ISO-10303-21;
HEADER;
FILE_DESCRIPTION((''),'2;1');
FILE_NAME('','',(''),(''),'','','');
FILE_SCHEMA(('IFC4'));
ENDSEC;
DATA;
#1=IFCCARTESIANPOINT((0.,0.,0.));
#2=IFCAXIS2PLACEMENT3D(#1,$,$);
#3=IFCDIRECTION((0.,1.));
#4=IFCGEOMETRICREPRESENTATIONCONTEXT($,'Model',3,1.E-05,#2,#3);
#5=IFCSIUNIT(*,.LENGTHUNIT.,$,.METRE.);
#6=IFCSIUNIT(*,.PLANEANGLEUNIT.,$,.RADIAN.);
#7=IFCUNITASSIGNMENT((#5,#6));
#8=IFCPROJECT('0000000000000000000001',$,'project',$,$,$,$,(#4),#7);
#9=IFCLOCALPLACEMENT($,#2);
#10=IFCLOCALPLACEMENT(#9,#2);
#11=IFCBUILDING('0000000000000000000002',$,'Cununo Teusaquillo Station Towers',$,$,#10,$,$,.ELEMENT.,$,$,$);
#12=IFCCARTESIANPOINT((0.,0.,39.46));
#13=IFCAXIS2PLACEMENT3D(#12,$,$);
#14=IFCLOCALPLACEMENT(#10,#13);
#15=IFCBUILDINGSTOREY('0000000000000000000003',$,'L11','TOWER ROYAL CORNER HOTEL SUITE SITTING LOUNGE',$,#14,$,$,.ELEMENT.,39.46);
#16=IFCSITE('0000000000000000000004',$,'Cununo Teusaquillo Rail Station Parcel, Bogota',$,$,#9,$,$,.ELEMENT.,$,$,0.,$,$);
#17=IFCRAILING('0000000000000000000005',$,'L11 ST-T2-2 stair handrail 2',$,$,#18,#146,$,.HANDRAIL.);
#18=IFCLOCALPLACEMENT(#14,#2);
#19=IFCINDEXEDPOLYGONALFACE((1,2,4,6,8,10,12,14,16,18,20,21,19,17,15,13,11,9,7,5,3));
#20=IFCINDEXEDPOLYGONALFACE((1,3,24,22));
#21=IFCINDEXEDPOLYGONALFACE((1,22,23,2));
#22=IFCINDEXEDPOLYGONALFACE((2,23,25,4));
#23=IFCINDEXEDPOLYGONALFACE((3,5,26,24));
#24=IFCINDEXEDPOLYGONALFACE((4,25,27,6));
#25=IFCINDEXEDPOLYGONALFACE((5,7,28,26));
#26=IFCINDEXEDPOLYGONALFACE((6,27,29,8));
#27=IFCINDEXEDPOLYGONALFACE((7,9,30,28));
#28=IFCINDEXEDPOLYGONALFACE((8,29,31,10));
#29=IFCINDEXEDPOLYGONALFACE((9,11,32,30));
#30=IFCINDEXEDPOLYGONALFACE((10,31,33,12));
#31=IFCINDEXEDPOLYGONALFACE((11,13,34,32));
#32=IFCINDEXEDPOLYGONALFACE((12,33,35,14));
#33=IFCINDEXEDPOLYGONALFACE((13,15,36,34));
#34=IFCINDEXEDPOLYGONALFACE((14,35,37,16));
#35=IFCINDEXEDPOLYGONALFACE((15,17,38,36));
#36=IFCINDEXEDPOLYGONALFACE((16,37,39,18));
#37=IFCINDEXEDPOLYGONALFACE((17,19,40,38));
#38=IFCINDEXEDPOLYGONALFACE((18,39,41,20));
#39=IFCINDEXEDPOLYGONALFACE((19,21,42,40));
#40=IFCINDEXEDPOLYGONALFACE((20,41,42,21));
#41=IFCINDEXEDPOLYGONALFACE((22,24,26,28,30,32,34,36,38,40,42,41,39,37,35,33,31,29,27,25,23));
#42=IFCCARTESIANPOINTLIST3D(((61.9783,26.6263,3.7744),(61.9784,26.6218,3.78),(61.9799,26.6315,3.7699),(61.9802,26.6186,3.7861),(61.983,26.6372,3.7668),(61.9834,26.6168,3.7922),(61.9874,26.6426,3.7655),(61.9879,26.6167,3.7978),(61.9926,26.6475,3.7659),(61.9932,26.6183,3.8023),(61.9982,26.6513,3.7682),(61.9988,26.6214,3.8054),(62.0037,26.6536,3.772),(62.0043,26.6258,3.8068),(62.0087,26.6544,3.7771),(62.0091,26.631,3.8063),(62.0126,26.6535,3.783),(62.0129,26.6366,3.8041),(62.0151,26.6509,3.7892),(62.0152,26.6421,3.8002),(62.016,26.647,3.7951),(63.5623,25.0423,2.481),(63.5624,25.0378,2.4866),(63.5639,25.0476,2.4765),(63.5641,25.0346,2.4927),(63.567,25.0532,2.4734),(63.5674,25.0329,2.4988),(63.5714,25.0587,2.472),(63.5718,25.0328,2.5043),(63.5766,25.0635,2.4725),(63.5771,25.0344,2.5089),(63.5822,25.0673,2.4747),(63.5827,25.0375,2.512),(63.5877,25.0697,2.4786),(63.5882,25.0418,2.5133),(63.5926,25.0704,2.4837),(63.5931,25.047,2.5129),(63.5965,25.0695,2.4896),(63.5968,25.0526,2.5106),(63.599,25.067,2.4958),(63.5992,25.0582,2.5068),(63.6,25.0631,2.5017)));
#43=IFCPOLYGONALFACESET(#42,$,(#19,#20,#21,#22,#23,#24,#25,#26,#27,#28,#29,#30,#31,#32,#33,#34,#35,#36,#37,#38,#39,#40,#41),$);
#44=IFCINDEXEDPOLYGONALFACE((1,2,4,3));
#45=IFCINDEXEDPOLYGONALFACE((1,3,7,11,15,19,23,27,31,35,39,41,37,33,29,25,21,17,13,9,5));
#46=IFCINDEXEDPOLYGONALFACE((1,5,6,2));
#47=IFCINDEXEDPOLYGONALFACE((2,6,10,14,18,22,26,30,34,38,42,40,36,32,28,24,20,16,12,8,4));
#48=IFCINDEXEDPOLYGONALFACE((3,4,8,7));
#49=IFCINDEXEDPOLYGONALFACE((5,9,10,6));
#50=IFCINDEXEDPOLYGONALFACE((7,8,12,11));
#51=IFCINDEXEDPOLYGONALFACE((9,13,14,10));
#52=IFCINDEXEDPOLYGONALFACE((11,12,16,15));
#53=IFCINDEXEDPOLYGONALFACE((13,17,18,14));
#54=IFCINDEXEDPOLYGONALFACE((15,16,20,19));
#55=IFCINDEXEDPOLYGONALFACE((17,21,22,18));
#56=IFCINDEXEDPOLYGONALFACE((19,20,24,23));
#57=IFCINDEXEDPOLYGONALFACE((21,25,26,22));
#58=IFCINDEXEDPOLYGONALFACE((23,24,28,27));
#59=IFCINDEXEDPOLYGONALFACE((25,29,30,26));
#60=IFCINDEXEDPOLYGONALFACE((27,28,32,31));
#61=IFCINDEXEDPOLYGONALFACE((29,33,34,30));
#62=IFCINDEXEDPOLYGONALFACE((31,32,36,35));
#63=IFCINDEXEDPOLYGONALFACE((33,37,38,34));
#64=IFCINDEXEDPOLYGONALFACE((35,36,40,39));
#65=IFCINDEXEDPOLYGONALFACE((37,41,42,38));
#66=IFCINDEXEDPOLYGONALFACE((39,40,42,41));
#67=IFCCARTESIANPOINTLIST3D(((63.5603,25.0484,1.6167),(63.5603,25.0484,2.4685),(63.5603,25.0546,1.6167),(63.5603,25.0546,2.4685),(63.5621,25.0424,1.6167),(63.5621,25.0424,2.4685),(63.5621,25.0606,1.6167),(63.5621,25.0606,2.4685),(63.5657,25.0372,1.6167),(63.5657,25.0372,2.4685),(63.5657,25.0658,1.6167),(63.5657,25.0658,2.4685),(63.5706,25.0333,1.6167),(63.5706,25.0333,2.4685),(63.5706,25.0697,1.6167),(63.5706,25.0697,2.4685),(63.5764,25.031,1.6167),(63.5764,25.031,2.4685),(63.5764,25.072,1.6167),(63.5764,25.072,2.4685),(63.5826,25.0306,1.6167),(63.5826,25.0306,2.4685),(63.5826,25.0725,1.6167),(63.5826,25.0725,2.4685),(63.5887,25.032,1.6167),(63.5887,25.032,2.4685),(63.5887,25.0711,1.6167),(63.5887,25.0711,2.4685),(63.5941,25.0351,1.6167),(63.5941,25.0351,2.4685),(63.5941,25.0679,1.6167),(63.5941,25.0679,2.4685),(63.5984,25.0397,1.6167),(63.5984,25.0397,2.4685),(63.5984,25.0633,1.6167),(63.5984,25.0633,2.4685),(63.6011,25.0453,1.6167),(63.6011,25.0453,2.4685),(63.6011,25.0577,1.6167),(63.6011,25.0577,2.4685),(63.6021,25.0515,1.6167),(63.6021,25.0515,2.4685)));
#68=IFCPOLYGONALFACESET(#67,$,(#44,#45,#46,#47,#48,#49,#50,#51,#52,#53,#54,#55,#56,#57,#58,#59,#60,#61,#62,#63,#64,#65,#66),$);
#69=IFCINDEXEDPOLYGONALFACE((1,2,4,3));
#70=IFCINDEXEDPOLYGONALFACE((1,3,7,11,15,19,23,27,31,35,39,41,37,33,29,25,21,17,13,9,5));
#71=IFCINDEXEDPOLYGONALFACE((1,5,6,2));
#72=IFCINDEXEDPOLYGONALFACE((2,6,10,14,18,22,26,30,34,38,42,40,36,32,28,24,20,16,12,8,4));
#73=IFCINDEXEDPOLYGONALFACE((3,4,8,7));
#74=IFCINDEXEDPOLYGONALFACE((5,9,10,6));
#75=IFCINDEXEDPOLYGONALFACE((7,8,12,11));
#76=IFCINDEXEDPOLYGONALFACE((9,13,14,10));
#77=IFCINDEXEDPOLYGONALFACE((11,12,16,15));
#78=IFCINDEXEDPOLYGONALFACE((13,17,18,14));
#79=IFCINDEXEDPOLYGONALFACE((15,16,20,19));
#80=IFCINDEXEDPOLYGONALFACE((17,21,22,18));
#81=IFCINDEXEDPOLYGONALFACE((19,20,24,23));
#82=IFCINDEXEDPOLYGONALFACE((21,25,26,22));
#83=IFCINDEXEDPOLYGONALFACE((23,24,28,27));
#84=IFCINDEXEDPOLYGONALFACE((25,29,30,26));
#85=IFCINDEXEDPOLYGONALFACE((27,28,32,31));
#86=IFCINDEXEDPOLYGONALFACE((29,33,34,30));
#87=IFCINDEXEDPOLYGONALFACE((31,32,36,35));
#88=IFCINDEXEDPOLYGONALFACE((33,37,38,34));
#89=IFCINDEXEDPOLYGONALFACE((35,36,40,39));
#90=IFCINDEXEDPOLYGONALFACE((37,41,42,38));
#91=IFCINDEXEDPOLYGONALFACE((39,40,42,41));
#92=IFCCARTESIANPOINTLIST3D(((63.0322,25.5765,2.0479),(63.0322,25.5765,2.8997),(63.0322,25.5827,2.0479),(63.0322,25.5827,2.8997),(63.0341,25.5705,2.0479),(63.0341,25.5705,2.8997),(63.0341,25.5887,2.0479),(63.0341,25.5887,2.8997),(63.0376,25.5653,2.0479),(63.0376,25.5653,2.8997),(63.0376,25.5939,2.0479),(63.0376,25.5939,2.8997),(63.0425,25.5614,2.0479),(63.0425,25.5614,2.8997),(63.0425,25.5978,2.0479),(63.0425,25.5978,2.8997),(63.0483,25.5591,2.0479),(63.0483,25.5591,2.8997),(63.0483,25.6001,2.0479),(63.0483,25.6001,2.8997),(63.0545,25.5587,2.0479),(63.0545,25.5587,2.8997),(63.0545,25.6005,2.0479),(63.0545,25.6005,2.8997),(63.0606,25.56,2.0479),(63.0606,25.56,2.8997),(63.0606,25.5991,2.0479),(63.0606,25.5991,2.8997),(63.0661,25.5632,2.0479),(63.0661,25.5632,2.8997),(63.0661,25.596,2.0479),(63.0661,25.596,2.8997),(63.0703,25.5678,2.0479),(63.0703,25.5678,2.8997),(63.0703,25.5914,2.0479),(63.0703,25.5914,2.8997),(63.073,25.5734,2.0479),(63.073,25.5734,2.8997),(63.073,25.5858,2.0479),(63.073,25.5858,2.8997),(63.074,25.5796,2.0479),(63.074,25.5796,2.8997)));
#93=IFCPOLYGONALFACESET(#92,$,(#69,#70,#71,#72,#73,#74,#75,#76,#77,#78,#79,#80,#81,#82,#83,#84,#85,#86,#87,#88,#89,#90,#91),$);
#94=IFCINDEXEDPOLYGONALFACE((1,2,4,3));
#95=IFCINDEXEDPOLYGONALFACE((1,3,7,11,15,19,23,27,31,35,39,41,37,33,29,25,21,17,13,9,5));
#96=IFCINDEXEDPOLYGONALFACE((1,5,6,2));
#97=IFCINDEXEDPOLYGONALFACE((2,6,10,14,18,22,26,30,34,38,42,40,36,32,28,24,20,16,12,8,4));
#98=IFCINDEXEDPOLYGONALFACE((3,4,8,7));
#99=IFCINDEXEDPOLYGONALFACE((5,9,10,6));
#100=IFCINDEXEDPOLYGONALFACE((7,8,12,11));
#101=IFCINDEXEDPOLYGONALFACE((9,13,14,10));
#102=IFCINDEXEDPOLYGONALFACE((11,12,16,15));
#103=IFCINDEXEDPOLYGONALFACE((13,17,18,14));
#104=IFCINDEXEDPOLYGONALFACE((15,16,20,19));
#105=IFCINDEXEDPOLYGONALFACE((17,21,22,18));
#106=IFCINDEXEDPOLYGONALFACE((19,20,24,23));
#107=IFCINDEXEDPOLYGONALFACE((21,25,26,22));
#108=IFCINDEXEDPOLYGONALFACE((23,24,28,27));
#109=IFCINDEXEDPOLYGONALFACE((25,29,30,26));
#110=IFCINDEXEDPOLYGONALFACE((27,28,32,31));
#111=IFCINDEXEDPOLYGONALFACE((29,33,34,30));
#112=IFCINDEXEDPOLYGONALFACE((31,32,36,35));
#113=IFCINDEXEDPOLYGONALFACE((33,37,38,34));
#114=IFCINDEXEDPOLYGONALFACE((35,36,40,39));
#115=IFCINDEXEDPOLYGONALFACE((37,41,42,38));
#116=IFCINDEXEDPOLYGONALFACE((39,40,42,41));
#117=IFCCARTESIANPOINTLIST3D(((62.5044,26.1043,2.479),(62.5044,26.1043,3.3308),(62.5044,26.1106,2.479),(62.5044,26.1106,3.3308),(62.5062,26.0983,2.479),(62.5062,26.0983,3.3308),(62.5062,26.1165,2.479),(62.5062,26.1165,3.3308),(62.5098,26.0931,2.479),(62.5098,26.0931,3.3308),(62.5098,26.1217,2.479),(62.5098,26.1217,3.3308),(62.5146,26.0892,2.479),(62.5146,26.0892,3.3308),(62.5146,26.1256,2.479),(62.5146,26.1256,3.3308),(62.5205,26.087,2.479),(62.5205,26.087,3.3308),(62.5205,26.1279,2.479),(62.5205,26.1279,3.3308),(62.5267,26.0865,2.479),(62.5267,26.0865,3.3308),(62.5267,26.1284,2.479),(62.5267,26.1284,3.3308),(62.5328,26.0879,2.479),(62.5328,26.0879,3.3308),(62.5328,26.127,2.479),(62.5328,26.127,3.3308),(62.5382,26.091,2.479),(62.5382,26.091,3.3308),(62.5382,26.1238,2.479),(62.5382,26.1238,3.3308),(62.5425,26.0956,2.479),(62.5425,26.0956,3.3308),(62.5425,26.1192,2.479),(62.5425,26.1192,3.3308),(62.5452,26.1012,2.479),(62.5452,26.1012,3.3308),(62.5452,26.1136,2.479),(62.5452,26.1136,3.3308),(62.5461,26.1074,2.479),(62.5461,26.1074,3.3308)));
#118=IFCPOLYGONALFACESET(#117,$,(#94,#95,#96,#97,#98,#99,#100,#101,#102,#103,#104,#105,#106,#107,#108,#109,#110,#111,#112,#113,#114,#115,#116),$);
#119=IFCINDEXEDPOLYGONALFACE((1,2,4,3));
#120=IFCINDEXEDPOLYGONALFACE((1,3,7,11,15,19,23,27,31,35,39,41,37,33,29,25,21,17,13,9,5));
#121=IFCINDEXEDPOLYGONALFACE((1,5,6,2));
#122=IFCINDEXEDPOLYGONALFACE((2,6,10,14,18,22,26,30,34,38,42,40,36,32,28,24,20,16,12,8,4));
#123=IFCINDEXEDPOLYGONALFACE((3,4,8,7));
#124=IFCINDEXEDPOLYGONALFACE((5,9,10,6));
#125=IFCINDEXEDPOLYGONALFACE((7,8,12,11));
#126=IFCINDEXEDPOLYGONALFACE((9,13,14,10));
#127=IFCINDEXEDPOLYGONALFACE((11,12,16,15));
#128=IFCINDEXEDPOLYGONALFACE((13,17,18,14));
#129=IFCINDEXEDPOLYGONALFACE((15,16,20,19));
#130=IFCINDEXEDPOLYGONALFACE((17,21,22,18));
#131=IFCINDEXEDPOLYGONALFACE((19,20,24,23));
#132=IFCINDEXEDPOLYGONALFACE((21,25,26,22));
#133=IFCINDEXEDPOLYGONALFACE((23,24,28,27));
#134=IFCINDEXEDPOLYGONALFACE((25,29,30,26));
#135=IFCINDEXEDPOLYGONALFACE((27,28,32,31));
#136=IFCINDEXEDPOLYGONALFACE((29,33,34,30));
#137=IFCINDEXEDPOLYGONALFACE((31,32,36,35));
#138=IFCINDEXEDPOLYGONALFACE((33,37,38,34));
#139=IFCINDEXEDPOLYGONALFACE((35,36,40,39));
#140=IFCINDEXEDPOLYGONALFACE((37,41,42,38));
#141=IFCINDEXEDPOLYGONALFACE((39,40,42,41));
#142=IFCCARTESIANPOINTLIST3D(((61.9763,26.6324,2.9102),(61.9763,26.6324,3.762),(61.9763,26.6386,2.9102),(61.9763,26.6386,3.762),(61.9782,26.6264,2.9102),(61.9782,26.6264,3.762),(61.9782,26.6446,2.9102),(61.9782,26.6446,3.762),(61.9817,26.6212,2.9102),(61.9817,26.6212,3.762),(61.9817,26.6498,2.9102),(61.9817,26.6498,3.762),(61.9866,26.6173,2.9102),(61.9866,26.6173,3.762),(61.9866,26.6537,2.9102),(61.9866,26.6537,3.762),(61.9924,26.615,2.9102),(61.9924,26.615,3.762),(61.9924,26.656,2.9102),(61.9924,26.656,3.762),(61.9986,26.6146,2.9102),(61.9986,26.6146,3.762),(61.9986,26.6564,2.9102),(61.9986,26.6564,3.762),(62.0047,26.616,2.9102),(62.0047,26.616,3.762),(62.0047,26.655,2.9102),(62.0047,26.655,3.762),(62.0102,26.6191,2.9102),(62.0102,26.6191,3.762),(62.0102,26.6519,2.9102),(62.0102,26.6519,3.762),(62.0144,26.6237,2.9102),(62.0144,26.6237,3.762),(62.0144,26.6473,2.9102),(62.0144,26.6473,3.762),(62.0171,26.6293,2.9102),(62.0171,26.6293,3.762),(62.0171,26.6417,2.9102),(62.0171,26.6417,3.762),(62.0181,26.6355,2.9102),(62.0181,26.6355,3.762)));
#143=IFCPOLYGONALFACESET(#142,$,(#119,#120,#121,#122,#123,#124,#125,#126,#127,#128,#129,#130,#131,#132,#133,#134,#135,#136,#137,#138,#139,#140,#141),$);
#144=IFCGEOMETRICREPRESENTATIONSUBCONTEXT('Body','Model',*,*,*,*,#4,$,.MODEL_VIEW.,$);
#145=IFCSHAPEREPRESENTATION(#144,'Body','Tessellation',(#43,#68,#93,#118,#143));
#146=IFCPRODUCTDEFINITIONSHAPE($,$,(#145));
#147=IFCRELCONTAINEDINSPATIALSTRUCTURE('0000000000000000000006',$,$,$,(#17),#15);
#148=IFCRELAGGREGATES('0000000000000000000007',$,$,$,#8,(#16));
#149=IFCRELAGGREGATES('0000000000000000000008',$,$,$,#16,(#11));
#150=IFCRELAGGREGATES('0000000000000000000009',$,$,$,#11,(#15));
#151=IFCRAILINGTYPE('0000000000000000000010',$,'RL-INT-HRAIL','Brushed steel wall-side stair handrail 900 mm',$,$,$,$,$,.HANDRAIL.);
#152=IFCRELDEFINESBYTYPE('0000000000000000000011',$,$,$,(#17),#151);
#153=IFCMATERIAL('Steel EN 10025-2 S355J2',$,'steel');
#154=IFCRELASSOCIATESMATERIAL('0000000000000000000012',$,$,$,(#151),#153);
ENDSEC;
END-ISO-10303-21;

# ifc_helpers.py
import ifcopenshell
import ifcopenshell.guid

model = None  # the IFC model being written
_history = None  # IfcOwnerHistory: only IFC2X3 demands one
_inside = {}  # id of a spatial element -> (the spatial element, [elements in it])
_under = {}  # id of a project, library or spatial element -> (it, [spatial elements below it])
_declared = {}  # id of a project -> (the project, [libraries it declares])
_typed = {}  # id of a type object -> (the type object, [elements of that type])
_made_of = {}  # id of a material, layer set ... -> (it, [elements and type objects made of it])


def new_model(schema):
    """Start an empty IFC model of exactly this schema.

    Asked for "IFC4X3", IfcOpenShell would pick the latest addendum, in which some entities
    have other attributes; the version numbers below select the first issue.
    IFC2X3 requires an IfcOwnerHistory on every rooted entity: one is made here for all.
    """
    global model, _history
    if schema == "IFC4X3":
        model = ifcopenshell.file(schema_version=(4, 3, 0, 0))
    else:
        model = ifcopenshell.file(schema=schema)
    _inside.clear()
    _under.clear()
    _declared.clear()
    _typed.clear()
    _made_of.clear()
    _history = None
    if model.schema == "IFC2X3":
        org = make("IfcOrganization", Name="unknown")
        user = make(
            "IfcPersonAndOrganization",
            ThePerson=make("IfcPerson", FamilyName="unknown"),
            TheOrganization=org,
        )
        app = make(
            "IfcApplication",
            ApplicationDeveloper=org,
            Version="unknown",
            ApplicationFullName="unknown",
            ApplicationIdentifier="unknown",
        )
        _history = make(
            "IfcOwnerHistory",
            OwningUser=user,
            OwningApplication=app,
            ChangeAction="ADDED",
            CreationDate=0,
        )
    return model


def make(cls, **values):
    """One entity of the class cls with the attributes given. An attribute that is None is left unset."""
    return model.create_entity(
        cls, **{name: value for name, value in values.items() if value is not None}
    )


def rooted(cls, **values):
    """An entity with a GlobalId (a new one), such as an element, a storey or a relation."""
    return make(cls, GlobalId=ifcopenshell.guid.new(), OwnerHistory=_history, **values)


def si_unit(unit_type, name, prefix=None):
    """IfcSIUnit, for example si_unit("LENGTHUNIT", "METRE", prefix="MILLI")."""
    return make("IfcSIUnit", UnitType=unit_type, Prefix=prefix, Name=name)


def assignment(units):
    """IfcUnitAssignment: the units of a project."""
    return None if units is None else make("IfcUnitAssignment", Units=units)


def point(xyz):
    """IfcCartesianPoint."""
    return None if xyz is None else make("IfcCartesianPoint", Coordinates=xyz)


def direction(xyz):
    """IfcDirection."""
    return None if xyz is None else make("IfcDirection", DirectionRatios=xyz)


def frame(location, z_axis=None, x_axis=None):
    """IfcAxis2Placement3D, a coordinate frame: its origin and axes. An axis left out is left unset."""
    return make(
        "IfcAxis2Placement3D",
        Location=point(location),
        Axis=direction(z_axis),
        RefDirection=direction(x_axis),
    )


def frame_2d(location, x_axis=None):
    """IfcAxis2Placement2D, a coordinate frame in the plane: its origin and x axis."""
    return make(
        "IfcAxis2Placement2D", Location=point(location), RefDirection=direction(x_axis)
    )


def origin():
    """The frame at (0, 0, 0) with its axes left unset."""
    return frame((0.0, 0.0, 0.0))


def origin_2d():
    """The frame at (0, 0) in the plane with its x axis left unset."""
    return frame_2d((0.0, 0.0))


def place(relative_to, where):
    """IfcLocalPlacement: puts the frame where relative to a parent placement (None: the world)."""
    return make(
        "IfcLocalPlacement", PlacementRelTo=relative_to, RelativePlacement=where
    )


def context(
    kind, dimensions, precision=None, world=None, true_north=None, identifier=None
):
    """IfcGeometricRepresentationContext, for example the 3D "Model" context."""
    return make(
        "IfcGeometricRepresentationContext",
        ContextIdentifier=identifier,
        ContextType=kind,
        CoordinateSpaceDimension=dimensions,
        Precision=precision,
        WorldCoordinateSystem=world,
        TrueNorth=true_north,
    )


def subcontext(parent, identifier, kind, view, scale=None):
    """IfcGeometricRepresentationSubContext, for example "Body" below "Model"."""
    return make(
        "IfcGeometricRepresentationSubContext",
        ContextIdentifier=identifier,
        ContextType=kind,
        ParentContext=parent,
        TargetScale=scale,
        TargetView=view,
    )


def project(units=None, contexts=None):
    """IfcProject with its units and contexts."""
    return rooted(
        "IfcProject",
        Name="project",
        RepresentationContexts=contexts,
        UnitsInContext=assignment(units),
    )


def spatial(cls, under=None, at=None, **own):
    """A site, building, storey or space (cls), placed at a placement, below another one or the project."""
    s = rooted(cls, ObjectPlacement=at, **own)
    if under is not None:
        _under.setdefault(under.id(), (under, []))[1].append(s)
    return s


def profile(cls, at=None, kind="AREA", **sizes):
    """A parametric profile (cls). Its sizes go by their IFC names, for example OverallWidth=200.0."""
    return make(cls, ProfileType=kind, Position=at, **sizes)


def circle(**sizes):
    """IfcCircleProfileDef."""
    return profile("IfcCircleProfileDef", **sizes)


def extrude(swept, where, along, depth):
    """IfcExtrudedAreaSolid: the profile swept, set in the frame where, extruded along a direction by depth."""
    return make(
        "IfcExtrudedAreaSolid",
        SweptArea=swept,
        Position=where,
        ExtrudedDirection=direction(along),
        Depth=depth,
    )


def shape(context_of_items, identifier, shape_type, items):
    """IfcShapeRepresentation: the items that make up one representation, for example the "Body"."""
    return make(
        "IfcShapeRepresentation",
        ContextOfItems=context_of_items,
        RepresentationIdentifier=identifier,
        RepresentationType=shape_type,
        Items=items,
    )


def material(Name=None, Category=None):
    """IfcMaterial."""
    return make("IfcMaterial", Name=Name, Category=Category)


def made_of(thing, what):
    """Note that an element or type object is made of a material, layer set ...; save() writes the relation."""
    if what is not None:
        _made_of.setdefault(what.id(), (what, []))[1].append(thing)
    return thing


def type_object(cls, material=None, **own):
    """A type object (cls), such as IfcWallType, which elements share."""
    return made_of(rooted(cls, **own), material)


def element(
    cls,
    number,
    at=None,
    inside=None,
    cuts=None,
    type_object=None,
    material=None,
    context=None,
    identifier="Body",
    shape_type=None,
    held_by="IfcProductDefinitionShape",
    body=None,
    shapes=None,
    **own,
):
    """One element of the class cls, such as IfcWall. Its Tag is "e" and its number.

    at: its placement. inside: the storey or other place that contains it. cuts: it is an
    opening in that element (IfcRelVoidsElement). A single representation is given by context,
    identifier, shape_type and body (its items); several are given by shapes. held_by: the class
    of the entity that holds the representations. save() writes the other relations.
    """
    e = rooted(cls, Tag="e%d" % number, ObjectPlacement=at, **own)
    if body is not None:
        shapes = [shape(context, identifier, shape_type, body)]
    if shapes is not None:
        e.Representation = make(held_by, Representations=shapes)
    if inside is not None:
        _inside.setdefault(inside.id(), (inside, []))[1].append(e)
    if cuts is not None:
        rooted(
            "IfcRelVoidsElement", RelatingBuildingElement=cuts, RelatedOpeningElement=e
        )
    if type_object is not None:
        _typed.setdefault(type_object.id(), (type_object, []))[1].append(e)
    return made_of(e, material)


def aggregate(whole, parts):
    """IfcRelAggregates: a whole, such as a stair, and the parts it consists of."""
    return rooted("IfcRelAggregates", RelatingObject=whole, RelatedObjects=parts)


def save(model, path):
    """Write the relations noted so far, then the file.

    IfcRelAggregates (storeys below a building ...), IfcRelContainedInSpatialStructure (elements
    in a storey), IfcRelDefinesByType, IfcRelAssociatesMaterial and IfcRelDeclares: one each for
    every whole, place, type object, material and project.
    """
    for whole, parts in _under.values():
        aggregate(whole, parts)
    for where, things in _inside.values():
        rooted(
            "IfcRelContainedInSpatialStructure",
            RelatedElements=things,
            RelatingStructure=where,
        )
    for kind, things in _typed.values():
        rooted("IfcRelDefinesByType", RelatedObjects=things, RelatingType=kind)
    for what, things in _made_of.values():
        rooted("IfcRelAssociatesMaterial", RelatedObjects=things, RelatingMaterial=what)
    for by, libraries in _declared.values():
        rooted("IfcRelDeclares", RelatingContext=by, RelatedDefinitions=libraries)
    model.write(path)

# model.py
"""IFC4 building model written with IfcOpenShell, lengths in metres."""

from ifc_helpers import new_model, si_unit, direction, frame, origin, origin_2d, place, context, subcontext, project, spatial, circle, extrude, material, type_object, element, save


model = new_model("IFC4")

# Units and contexts
model_context = context("Model", 3, precision=1e-05, world=origin(), true_north=direction((0.0, 1.0)))
body_context = subcontext(model_context, "Body", "Model", "MODEL_VIEW")
ifc_project = project(units=[si_unit("LENGTHUNIT", "METRE"), si_unit("PLANEANGLEUNIT", "RADIAN")], contexts=[model_context])

# Site, building, storey
site_placement = place(None, origin())
site = spatial("IfcSite", under=ifc_project, at=site_placement, Name="Cununo Teusaquillo Rail Station Parcel, Bogota", CompositionType="ELEMENT", RefElevation=0.0)
building_placement = place(site_placement, origin())
building = spatial("IfcBuilding", under=site, at=building_placement, Name="Cununo Teusaquillo Station Towers", CompositionType="ELEMENT")
storey_placement = place(building_placement, frame((0.0, 0.0, 39.46)))
storey = spatial("IfcBuildingStorey", under=building, at=storey_placement, Name="L11", Description="TOWER ROYAL CORNER HOTEL SUITE SITTING LOUNGE", CompositionType="ELEMENT", Elevation=39.46)

# Railing
ifc_material_1 = material(Name="Steel EN 10025-2 S355J2", Category="steel")
railing_type_1 = type_object("IfcRailingType", Name="RL-INT-HRAIL", Description="Brushed steel wall-side stair handrail 900 mm", PredefinedType="HANDRAIL", material=ifc_material_1)
railing_1_placement = place(storey_placement, frame((63.5811, 25.0515, 1.6167)))
element("IfcRailing", 1, at=railing_1_placement, inside=storey, type_object=railing_type_1, Name="L11 ST-T2-2 stair handrail 2", PredefinedType="HANDRAIL", context=body_context, shape_type="SweptSolid", body=[
    extrude(circle(Radius=0.0239, at=origin_2d()), frame((0.0, 0.0, 0.876), z_axis=(-0.612356, 0.612356, 0.50004), x_axis=(-0.707107, -0.707107, 0.0)), (0.0, 0.0, 1.0), 2.5867),
    extrude(circle(Radius=0.021, at=origin_2d()), origin(), (0.0, 0.0, 1.0), 0.8518),
    extrude(circle(Radius=0.021, at=origin_2d()), frame((-0.5281, 0.5281, 0.4312)), (0.0, 0.0, 1.0), 0.8518),
    extrude(circle(Radius=0.021, at=origin_2d()), frame((-1.0559, 1.0559, 0.8623)), (0.0, 0.0, 1.0), 0.8518),
    extrude(circle(Radius=0.021, at=origin_2d()), frame((-1.584, 1.584, 1.2935)), (0.0, 0.0, 1.0), 0.8518),
])

save(model, "model.ifc")
